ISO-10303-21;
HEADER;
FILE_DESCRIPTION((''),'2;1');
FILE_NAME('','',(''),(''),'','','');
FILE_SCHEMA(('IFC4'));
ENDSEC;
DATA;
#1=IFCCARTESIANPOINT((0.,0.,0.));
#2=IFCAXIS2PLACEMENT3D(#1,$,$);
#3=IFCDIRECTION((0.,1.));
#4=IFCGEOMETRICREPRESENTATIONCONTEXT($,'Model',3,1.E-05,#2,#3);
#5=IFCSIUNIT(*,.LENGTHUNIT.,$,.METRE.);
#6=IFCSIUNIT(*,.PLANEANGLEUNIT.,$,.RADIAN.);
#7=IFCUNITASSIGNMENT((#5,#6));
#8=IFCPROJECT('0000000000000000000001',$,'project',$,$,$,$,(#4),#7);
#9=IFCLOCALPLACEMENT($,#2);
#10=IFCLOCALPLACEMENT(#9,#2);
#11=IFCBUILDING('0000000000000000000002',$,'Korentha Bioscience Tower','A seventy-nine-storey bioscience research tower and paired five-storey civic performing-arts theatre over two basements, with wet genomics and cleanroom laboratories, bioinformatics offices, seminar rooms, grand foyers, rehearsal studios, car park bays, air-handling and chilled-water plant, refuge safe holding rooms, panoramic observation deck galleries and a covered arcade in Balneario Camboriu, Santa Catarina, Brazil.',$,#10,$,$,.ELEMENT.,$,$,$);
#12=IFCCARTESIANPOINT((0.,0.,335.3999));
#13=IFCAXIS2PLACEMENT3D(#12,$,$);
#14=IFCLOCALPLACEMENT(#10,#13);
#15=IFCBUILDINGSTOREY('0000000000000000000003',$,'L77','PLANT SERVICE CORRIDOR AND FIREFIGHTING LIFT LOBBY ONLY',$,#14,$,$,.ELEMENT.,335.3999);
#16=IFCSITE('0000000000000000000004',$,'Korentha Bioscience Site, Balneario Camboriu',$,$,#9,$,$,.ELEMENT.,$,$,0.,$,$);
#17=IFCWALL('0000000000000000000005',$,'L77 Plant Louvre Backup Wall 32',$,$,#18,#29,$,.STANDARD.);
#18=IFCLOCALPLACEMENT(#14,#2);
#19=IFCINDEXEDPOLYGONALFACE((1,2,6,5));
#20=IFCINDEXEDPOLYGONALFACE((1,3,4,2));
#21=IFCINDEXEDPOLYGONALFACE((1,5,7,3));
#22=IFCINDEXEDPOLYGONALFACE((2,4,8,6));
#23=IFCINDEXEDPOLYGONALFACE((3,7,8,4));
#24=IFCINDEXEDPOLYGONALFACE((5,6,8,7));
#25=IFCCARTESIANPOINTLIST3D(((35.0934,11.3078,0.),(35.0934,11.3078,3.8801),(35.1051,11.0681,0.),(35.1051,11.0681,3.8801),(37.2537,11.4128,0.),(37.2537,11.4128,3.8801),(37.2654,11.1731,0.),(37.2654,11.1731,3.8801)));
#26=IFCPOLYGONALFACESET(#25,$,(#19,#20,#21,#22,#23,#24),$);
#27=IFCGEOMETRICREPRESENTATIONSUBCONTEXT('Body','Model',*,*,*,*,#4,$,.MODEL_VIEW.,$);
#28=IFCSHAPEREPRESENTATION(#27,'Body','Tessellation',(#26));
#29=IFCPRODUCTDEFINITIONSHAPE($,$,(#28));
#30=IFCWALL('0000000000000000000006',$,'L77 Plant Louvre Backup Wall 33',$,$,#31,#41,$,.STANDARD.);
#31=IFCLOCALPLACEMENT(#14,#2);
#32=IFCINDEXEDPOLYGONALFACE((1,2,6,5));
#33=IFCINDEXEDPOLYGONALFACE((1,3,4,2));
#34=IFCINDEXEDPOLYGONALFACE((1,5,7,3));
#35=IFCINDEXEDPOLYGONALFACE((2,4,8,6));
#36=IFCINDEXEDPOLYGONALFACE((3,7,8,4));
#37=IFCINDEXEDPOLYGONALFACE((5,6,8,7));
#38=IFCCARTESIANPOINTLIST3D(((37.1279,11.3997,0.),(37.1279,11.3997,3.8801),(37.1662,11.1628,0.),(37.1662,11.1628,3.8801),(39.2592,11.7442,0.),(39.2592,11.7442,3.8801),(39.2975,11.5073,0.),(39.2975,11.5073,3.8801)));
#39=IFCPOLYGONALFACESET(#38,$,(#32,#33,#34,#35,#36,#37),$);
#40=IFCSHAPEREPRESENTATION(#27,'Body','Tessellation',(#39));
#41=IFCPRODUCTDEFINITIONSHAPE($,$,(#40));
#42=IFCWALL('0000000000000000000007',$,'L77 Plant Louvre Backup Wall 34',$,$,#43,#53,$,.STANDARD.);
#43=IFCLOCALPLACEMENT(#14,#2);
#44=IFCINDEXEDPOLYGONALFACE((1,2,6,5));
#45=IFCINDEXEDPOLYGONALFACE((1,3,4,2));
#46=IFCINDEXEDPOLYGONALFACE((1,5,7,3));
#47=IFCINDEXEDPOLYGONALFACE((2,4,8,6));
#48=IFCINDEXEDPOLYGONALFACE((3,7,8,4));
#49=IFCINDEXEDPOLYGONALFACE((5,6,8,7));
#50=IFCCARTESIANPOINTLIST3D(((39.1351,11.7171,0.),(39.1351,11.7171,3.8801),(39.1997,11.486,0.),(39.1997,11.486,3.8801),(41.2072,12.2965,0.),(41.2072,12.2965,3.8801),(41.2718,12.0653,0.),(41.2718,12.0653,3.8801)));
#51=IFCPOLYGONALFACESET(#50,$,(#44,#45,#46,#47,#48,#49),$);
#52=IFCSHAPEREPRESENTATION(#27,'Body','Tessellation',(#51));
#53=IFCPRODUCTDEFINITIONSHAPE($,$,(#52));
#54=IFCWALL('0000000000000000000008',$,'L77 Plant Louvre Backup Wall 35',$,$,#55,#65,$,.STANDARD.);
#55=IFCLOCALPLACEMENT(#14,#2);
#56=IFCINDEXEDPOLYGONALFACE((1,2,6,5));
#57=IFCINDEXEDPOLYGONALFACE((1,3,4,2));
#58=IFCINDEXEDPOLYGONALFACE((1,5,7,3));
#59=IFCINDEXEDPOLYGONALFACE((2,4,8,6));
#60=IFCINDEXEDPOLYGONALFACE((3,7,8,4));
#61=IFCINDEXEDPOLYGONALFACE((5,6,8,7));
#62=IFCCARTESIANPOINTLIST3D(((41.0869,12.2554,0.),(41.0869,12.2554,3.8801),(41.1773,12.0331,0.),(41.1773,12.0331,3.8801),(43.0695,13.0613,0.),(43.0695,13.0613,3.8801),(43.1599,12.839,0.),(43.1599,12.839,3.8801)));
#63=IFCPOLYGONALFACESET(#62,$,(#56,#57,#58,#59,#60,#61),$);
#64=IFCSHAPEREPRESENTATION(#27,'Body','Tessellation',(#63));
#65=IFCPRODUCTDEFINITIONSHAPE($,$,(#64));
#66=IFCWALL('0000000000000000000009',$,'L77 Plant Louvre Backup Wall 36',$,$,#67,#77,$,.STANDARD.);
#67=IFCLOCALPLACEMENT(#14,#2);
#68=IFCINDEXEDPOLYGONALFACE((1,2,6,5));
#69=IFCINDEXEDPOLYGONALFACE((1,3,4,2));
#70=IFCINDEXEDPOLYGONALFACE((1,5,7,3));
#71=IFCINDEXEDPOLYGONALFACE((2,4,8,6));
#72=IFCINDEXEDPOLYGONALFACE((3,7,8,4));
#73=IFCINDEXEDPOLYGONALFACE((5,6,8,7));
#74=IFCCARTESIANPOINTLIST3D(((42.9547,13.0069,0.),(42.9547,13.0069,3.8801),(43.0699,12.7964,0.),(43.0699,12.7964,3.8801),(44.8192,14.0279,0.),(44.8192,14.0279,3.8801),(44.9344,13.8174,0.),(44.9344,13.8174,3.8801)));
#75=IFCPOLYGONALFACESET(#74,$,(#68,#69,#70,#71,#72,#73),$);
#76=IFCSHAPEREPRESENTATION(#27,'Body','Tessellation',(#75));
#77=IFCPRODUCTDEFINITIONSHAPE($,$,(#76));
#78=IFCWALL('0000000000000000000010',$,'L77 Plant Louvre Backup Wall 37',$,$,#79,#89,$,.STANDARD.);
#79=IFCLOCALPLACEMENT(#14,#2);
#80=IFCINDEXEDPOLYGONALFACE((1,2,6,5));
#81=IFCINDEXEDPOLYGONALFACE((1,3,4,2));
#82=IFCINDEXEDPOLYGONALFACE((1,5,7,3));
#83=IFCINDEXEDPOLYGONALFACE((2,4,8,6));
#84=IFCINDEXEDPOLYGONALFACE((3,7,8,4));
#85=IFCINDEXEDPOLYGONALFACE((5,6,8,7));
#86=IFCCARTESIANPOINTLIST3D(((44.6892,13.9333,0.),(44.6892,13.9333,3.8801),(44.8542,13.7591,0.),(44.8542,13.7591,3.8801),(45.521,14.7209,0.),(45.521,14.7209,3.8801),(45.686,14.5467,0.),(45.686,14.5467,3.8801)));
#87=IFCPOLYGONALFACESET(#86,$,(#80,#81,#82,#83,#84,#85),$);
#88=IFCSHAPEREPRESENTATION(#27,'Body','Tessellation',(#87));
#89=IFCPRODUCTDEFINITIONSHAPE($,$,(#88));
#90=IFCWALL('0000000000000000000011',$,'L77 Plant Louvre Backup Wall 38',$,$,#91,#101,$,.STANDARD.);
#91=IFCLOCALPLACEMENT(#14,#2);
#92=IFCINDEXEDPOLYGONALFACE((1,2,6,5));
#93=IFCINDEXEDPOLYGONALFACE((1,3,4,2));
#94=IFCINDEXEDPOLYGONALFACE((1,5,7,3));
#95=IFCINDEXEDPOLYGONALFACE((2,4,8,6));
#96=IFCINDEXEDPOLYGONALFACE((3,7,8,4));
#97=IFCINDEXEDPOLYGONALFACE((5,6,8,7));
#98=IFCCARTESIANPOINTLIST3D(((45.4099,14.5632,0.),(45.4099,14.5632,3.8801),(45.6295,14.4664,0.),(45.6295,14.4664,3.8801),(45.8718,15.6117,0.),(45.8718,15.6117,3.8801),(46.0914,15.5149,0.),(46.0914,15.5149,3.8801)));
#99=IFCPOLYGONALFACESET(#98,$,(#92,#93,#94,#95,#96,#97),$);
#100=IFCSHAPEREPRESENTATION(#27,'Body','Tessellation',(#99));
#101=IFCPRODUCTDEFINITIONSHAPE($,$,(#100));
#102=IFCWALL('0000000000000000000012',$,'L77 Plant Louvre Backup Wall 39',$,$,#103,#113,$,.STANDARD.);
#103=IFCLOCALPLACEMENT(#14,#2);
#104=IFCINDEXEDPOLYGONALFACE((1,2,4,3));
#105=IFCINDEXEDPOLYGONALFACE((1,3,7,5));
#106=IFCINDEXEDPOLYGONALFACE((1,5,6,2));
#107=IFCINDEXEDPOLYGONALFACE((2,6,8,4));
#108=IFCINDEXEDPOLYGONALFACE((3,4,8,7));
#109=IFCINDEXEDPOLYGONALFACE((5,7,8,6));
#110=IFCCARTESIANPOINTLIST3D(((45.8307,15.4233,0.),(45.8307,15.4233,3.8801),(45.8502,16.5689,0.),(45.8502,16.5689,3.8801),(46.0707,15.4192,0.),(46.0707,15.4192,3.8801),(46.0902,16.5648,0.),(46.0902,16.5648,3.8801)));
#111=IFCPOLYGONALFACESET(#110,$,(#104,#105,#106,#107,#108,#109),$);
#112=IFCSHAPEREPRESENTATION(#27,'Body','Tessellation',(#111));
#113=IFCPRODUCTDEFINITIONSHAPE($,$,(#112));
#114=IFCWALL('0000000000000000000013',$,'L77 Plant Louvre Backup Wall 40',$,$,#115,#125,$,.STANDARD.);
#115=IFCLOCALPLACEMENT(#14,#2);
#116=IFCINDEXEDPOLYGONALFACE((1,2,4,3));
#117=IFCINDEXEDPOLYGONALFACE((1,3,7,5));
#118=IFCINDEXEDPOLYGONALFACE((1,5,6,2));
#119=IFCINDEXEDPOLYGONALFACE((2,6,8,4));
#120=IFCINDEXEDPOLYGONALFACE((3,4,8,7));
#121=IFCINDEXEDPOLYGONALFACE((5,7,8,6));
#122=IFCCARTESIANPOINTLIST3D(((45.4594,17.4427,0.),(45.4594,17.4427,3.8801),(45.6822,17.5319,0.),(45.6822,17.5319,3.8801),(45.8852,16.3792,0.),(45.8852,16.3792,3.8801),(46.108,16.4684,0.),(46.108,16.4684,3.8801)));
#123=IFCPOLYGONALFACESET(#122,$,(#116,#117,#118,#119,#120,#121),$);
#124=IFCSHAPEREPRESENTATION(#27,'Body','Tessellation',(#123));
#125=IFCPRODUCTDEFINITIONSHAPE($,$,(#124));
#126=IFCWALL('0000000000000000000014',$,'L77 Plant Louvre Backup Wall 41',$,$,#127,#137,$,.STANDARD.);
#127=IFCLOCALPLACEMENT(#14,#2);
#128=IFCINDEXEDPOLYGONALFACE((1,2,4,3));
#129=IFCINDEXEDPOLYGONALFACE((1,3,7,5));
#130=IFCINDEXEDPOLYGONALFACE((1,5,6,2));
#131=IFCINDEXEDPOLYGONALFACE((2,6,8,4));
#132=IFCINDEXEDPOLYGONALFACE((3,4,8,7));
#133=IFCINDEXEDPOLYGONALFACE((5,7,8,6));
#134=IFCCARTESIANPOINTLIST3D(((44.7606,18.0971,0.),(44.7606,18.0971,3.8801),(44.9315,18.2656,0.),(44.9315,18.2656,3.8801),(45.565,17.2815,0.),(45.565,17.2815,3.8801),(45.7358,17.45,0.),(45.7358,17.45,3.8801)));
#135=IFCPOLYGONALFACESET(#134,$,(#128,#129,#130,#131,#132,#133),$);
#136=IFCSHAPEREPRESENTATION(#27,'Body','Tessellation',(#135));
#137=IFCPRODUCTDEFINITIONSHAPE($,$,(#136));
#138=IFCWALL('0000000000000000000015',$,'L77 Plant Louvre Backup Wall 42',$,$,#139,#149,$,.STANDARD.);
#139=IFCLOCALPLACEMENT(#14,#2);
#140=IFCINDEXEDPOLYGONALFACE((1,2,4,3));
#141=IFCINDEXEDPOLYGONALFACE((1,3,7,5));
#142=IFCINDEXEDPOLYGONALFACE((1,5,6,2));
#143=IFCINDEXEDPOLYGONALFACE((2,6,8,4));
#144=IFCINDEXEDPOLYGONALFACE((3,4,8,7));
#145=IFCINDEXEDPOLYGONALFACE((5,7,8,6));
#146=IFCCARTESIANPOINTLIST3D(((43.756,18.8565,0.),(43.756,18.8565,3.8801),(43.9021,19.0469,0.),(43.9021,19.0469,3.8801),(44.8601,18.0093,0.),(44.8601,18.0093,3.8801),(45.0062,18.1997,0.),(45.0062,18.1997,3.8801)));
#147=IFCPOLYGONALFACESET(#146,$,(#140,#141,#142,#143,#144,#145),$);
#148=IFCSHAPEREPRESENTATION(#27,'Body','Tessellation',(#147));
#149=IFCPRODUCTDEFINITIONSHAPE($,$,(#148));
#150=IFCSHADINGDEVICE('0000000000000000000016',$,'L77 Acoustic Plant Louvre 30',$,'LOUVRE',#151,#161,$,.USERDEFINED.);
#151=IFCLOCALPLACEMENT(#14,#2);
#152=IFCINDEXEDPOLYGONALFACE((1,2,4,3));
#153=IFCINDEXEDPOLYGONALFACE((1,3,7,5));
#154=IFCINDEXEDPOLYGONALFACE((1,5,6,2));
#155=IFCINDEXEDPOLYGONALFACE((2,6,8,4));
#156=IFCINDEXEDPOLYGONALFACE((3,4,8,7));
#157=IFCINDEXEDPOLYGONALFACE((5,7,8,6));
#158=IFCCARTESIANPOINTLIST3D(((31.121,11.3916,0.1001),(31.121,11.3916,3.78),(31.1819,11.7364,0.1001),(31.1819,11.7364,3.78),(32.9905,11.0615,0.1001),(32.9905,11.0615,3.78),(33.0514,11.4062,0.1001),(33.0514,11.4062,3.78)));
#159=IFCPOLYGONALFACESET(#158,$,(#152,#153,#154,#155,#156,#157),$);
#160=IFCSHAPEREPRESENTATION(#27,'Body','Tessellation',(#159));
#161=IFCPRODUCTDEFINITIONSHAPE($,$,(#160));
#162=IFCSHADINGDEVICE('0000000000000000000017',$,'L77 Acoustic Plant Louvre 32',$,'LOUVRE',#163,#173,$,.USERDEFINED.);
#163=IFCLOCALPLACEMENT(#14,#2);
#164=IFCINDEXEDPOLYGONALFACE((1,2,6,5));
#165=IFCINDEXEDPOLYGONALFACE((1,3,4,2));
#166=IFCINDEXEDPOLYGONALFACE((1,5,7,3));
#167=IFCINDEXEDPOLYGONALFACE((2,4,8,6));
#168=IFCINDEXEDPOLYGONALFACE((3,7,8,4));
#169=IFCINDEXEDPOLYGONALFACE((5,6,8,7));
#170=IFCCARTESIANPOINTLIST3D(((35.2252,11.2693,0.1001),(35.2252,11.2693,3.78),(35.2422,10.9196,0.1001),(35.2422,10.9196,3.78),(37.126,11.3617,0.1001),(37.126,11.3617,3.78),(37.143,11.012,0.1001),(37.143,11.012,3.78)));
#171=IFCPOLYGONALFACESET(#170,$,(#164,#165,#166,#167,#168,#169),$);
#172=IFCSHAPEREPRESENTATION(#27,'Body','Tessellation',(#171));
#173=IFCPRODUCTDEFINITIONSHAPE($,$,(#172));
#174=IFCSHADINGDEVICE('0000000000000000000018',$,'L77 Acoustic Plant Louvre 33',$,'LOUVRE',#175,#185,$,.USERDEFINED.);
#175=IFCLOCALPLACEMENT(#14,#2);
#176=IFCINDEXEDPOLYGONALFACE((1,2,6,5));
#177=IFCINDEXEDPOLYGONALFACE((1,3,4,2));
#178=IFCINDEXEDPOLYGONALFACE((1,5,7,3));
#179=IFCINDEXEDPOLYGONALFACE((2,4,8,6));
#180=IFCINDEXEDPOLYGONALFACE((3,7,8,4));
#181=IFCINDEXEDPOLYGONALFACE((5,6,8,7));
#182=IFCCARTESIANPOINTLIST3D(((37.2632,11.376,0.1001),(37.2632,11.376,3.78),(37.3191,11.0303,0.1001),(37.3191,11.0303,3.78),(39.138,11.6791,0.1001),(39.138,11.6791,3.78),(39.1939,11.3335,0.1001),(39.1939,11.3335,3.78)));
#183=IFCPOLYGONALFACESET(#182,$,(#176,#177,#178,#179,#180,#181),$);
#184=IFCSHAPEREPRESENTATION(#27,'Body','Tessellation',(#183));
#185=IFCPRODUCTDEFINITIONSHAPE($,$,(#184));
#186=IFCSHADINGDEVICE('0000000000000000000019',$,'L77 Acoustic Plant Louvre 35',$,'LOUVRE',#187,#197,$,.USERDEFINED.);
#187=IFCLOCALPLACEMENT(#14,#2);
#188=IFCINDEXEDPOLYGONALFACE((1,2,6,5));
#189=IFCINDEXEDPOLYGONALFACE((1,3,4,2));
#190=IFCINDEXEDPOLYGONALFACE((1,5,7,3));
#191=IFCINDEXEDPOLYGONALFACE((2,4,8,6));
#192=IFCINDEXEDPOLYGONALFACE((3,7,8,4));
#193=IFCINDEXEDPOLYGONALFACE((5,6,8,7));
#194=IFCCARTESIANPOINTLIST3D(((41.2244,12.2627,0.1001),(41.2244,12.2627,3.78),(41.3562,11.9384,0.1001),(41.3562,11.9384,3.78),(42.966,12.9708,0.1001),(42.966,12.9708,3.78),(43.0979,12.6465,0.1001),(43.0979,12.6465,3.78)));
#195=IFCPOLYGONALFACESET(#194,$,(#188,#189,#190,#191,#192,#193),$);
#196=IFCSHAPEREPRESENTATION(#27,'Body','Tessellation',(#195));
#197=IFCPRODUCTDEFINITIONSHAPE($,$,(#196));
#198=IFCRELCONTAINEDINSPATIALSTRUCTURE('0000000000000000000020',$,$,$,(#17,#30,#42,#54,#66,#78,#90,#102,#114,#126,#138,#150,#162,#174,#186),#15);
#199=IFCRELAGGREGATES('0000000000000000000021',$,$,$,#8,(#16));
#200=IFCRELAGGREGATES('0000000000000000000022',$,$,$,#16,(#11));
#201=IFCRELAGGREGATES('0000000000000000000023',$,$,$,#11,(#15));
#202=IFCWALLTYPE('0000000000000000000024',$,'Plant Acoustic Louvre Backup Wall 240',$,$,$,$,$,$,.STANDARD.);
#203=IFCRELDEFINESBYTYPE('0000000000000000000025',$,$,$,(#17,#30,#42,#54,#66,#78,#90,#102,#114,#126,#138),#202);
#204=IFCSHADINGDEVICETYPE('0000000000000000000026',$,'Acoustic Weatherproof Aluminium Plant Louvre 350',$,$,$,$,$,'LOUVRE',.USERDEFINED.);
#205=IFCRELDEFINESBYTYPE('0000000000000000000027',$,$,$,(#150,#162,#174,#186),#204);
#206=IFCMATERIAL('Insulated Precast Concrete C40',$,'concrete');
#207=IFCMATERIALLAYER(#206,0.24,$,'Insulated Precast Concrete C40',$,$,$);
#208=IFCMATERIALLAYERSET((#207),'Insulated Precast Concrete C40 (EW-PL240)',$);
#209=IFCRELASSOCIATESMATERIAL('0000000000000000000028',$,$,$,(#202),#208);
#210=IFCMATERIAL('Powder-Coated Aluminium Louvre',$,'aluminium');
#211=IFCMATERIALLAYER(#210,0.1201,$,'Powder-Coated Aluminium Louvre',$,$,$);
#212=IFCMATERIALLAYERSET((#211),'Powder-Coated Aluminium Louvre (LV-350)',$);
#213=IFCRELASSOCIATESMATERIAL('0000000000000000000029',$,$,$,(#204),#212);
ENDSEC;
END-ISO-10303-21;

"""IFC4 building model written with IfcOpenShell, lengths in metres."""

from ifc_helpers import new_model, si_unit, direction, frame, frame_2d, origin, origin_2d, place, context, subcontext, project, spatial, rectangle, extrude, material, layer, layer_set, type_object, element, save


model = new_model("IFC4")

# Units and contexts
model_context = context("Model", 3, precision=1e-05, world=origin(), true_north=direction((0.0, 1.0)))
body_context = subcontext(model_context, "Body", "Model", "MODEL_VIEW")
ifc_project = project(units=[si_unit("LENGTHUNIT", "METRE"), si_unit("PLANEANGLEUNIT", "RADIAN")], contexts=[model_context])

# Site, building, storey
site_placement = place(None, origin())
site = spatial("IfcSite", under=ifc_project, at=site_placement, Name="Korentha Bioscience Site, Balneario Camboriu", CompositionType="ELEMENT", RefElevation=0.0)
building_placement = place(site_placement, origin())
building = spatial("IfcBuilding", under=site, at=building_placement, Name="Korentha Bioscience Tower", Description="A seventy-nine-storey bioscience research tower and paired five-storey civic performing-arts theatre over two basements, with wet genomics and cleanroom laboratories, bioinformatics offices, seminar rooms, grand foyers, rehearsal studios, car park bays, air-handling and chilled-water plant, refuge safe holding rooms, panoramic observation deck galleries and a covered arcade in Balneario Camboriu, Santa Catarina, Brazil.", CompositionType="ELEMENT")
storey_placement = place(building_placement, frame((0.0, 0.0, 335.3999)))
storey = spatial("IfcBuildingStorey", under=building, at=storey_placement, Name="L77", Description="PLANT SERVICE CORRIDOR AND FIREFIGHTING LIFT LOBBY ONLY", CompositionType="ELEMENT", Elevation=335.3999)

# Walls
ifc_material_1 = material(Name="Insulated Precast Concrete C40", Category="concrete")
ifc_layer_1 = layer(ifc_material_1, 0.24, Name="Insulated Precast Concrete C40")
ifc_layer_set_1 = layer_set([ifc_layer_1], Name="Insulated Precast Concrete C40 (EW-PL240)")
wall_type = type_object("IfcWallType", Name="Plant Acoustic Louvre Backup Wall 240", PredefinedType="STANDARD", material=ifc_layer_set_1)
wall_1_placement = place(storey_placement, frame((35.0991, 11.188, 0.0), z_axis=(0.0, 0.0, 1.0), x_axis=(0.998821, 0.048536, 0.0)))
element("IfcWall", 1, at=wall_1_placement, inside=storey, type_object=wall_type, Name="L77 Plant Louvre Backup Wall 32", PredefinedType="STANDARD", context=body_context, shape_type="SweptSolid", body=[
    extrude(rectangle(XDim=2.1628, YDim=0.24, at=frame_2d((1.0815, 0.0))), origin(), (0.0, 0.0, 1.0), 3.8801),
])
wall_2_placement = place(storey_placement, frame((37.147, 11.2812, 0.0), z_axis=(0.0, 0.0, 1.0), x_axis=(0.987189, 0.159556, 0.0)))
element("IfcWall", 2, at=wall_2_placement, inside=storey, type_object=wall_type, Name="L77 Plant Louvre Backup Wall 33", PredefinedType="STANDARD", context=body_context, shape_type="SweptSolid", body=[
    extrude(rectangle(XDim=2.1589, YDim=0.24, at=frame_2d((1.0796, 0.0))), origin(), (0.0, 0.0, 1.0), 3.8801),
])
wall_3_placement = place(storey_placement, frame((39.1675, 11.6016, 0.0), z_axis=(0.0, 0.0, 1.0), x_axis=(0.963063, 0.269276, 0.0)))
element("IfcWall", 3, at=wall_3_placement, inside=storey, type_object=wall_type, Name="L77 Plant Louvre Backup Wall 34", PredefinedType="STANDARD", context=body_context, shape_type="SweptSolid", body=[
    extrude(rectangle(XDim=2.1516, YDim=0.24, at=frame_2d((1.0757, 0.0))), origin(), (0.0, 0.0, 1.0), 3.8801),
])
wall_4_placement = place(storey_placement, frame((41.1321, 12.1443, 0.0), z_axis=(0.0, 0.0, 1.0), x_axis=(0.926393, 0.376558, 0.0)))
element("IfcWall", 4, at=wall_4_placement, inside=storey, type_object=wall_type, Name="L77 Plant Louvre Backup Wall 35", PredefinedType="STANDARD", context=body_context, shape_type="SweptSolid", body=[
    extrude(rectangle(XDim=2.1401, YDim=0.24, at=frame_2d((1.0701, 0.0))), origin(), (0.0, 0.0, 1.0), 3.8801),
])
wall_5_placement = place(storey_placement, frame((43.0122, 12.9016, 0.0), z_axis=(0.0, 0.0, 1.0), x_axis=(0.877104, 0.4803, 0.0)))
element("IfcWall", 5, at=wall_5_placement, inside=storey, type_object=wall_type, Name="L77 Plant Louvre Backup Wall 36", PredefinedType="STANDARD", context=body_context, shape_type="SweptSolid", body=[
    extrude(rectangle(XDim=2.1257, YDim=0.24, at=frame_2d((1.063, 0.0))), origin(), (0.0, 0.0, 1.0), 3.8801),
])
wall_6_placement = place(storey_placement, frame((44.7717, 13.8462, 0.0), z_axis=(0.0, 0.0, 1.0), x_axis=(0.726132, 0.687555, 0.0)))
element("IfcWall", 6, at=wall_6_placement, inside=storey, type_object=wall_type, Name="L77 Plant Louvre Backup Wall 37", PredefinedType="STANDARD", context=body_context, shape_type="SweptSolid", body=[
    extrude(rectangle(XDim=1.1455, YDim=0.24, at=frame_2d((0.5728, 0.0))), origin(), (0.0, 0.0, 1.0), 3.8801),
])
for number, where, z_axis, x_axis, name in (
    (7, (45.5198, 14.5149, 0.0), (0.0, 0.0, 1.0), (0.403131, 0.915142, 0.0), "L77 Plant Louvre Backup Wall 38"),
    (8, (45.9507, 15.4214, 0.0), (0.0, 0.0, 1.0), (0.017048, 0.999855, 0.0), "L77 Plant Louvre Backup Wall 39"),
):
    element("IfcWall", number, at=place(storey_placement, frame(where, z_axis=z_axis, x_axis=x_axis)), inside=storey, type_object=wall_type, Name=name, PredefinedType="STANDARD", context=body_context, shape_type="SweptSolid", body=[
        extrude(rectangle(XDim=1.1458, YDim=0.24, at=frame_2d((0.5728, 0.0))), origin(), (0.0, 0.0, 1.0), 3.8801),
    ])
for number, where, z_axis, x_axis, name in (
    (9, (45.9966, 16.4238, 0.0), (0.0, 0.0, 1.0), (-0.371685, 0.928359, 0.0), "L77 Plant Louvre Backup Wall 40"),
    (10, (45.6504, 17.3657, 0.0), (0.0, 0.0, 1.0), (-0.702188, 0.711991, 0.0), "L77 Plant Louvre Backup Wall 41"),
):
    element("IfcWall", number, at=place(storey_placement, frame(where, z_axis=z_axis, x_axis=x_axis)), inside=storey, type_object=wall_type, Name=name, PredefinedType="STANDARD", context=body_context, shape_type="SweptSolid", body=[
        extrude(rectangle(XDim=1.1455, YDim=0.24, at=frame_2d((0.5728, 0.0))), origin(), (0.0, 0.0, 1.0), 3.8801),
    ])
wall_7_placement = place(storey_placement, frame((44.9331, 18.1045, 0.0), z_axis=(0.0, 0.0, 1.0), x_axis=(-0.793341, 0.608778, 0.0)))
element("IfcWall", 11, at=wall_7_placement, inside=storey, type_object=wall_type, Name="L77 Plant Louvre Backup Wall 42", PredefinedType="STANDARD", context=body_context, shape_type="SweptSolid", body=[
    extrude(rectangle(XDim=1.3916, YDim=0.24, at=frame_2d((0.6958, 0.0))), origin(), (0.0, 0.0, 1.0), 3.8801),
])

# Shading devices
ifc_material_2 = material(Name="Powder-Coated Aluminium Louvre", Category="aluminium")
ifc_layer_2 = layer(ifc_material_2, 0.1201, Name="Powder-Coated Aluminium Louvre")
ifc_layer_set_2 = layer_set([ifc_layer_2], Name="Powder-Coated Aluminium Louvre (LV-350)")
shading_device_type = type_object("IfcShadingDeviceType", Name="Acoustic Weatherproof Aluminium Plant Louvre 350", ElementType="LOUVRE", PredefinedType="USERDEFINED", material=ifc_layer_set_2)
shading_device_1_placement = place(storey_placement, frame((32.0862, 11.3989, 0.1001), z_axis=(0.0, 0.0, 1.0), x_axis=(0.984759, -0.173924, 0.0)))
element("IfcShadingDevice", 12, at=shading_device_1_placement, inside=storey, type_object=shading_device_type, Name="L77 Acoustic Plant Louvre 30", ObjectType="LOUVRE", PredefinedType="USERDEFINED", context=body_context, shape_type="SweptSolid", body=[
    extrude(rectangle(XDim=1.8984, YDim=0.3501, at=origin_2d()), origin(), (0.0, 0.0, 1.0), 3.6799),
])
shading_device_2_placement = place(storey_placement, frame((36.1841, 11.1406, 0.1001), z_axis=(0.0, 0.0, 1.0), x_axis=(0.99882, 0.048569, 0.0)))
element("IfcShadingDevice", 13, at=shading_device_2_placement, inside=storey, type_object=shading_device_type, Name="L77 Acoustic Plant Louvre 32", ObjectType="LOUVRE", PredefinedType="USERDEFINED", context=body_context, shape_type="SweptSolid", body=[
    extrude(rectangle(XDim=1.9031, YDim=0.3501, at=origin_2d()), origin(), (0.0, 0.0, 1.0), 3.6799),
])
shading_device_3_placement = place(storey_placement, frame((38.2285, 11.3547, 0.1001), z_axis=(0.0, 0.0, 1.0), x_axis=(0.987177, 0.159632, 0.0)))
element("IfcShadingDevice", 14, at=shading_device_3_placement, inside=storey, type_object=shading_device_type, Name="L77 Acoustic Plant Louvre 33", ObjectType="LOUVRE", PredefinedType="USERDEFINED", context=body_context, shape_type="SweptSolid", body=[
    extrude(rectangle(XDim=1.8992, YDim=0.3501, at=origin_2d()), origin(), (0.0, 0.0, 1.0), 3.6799),
])
shading_device_4_placement = place(storey_placement, frame((42.1611, 12.4546, 0.1001), z_axis=(0.0, 0.0, 1.0), x_axis=(0.926359, 0.376641, 0.0)))
element("IfcShadingDevice", 15, at=shading_device_4_placement, inside=storey, type_object=shading_device_type, Name="L77 Acoustic Plant Louvre 35", ObjectType="LOUVRE", PredefinedType="USERDEFINED", context=body_context, shape_type="SweptSolid", body=[
    extrude(rectangle(XDim=1.8801, YDim=0.3501, at=origin_2d()), origin(), (0.0, 0.0, 1.0), 3.6799),
])

save(model, "model.ifc")
